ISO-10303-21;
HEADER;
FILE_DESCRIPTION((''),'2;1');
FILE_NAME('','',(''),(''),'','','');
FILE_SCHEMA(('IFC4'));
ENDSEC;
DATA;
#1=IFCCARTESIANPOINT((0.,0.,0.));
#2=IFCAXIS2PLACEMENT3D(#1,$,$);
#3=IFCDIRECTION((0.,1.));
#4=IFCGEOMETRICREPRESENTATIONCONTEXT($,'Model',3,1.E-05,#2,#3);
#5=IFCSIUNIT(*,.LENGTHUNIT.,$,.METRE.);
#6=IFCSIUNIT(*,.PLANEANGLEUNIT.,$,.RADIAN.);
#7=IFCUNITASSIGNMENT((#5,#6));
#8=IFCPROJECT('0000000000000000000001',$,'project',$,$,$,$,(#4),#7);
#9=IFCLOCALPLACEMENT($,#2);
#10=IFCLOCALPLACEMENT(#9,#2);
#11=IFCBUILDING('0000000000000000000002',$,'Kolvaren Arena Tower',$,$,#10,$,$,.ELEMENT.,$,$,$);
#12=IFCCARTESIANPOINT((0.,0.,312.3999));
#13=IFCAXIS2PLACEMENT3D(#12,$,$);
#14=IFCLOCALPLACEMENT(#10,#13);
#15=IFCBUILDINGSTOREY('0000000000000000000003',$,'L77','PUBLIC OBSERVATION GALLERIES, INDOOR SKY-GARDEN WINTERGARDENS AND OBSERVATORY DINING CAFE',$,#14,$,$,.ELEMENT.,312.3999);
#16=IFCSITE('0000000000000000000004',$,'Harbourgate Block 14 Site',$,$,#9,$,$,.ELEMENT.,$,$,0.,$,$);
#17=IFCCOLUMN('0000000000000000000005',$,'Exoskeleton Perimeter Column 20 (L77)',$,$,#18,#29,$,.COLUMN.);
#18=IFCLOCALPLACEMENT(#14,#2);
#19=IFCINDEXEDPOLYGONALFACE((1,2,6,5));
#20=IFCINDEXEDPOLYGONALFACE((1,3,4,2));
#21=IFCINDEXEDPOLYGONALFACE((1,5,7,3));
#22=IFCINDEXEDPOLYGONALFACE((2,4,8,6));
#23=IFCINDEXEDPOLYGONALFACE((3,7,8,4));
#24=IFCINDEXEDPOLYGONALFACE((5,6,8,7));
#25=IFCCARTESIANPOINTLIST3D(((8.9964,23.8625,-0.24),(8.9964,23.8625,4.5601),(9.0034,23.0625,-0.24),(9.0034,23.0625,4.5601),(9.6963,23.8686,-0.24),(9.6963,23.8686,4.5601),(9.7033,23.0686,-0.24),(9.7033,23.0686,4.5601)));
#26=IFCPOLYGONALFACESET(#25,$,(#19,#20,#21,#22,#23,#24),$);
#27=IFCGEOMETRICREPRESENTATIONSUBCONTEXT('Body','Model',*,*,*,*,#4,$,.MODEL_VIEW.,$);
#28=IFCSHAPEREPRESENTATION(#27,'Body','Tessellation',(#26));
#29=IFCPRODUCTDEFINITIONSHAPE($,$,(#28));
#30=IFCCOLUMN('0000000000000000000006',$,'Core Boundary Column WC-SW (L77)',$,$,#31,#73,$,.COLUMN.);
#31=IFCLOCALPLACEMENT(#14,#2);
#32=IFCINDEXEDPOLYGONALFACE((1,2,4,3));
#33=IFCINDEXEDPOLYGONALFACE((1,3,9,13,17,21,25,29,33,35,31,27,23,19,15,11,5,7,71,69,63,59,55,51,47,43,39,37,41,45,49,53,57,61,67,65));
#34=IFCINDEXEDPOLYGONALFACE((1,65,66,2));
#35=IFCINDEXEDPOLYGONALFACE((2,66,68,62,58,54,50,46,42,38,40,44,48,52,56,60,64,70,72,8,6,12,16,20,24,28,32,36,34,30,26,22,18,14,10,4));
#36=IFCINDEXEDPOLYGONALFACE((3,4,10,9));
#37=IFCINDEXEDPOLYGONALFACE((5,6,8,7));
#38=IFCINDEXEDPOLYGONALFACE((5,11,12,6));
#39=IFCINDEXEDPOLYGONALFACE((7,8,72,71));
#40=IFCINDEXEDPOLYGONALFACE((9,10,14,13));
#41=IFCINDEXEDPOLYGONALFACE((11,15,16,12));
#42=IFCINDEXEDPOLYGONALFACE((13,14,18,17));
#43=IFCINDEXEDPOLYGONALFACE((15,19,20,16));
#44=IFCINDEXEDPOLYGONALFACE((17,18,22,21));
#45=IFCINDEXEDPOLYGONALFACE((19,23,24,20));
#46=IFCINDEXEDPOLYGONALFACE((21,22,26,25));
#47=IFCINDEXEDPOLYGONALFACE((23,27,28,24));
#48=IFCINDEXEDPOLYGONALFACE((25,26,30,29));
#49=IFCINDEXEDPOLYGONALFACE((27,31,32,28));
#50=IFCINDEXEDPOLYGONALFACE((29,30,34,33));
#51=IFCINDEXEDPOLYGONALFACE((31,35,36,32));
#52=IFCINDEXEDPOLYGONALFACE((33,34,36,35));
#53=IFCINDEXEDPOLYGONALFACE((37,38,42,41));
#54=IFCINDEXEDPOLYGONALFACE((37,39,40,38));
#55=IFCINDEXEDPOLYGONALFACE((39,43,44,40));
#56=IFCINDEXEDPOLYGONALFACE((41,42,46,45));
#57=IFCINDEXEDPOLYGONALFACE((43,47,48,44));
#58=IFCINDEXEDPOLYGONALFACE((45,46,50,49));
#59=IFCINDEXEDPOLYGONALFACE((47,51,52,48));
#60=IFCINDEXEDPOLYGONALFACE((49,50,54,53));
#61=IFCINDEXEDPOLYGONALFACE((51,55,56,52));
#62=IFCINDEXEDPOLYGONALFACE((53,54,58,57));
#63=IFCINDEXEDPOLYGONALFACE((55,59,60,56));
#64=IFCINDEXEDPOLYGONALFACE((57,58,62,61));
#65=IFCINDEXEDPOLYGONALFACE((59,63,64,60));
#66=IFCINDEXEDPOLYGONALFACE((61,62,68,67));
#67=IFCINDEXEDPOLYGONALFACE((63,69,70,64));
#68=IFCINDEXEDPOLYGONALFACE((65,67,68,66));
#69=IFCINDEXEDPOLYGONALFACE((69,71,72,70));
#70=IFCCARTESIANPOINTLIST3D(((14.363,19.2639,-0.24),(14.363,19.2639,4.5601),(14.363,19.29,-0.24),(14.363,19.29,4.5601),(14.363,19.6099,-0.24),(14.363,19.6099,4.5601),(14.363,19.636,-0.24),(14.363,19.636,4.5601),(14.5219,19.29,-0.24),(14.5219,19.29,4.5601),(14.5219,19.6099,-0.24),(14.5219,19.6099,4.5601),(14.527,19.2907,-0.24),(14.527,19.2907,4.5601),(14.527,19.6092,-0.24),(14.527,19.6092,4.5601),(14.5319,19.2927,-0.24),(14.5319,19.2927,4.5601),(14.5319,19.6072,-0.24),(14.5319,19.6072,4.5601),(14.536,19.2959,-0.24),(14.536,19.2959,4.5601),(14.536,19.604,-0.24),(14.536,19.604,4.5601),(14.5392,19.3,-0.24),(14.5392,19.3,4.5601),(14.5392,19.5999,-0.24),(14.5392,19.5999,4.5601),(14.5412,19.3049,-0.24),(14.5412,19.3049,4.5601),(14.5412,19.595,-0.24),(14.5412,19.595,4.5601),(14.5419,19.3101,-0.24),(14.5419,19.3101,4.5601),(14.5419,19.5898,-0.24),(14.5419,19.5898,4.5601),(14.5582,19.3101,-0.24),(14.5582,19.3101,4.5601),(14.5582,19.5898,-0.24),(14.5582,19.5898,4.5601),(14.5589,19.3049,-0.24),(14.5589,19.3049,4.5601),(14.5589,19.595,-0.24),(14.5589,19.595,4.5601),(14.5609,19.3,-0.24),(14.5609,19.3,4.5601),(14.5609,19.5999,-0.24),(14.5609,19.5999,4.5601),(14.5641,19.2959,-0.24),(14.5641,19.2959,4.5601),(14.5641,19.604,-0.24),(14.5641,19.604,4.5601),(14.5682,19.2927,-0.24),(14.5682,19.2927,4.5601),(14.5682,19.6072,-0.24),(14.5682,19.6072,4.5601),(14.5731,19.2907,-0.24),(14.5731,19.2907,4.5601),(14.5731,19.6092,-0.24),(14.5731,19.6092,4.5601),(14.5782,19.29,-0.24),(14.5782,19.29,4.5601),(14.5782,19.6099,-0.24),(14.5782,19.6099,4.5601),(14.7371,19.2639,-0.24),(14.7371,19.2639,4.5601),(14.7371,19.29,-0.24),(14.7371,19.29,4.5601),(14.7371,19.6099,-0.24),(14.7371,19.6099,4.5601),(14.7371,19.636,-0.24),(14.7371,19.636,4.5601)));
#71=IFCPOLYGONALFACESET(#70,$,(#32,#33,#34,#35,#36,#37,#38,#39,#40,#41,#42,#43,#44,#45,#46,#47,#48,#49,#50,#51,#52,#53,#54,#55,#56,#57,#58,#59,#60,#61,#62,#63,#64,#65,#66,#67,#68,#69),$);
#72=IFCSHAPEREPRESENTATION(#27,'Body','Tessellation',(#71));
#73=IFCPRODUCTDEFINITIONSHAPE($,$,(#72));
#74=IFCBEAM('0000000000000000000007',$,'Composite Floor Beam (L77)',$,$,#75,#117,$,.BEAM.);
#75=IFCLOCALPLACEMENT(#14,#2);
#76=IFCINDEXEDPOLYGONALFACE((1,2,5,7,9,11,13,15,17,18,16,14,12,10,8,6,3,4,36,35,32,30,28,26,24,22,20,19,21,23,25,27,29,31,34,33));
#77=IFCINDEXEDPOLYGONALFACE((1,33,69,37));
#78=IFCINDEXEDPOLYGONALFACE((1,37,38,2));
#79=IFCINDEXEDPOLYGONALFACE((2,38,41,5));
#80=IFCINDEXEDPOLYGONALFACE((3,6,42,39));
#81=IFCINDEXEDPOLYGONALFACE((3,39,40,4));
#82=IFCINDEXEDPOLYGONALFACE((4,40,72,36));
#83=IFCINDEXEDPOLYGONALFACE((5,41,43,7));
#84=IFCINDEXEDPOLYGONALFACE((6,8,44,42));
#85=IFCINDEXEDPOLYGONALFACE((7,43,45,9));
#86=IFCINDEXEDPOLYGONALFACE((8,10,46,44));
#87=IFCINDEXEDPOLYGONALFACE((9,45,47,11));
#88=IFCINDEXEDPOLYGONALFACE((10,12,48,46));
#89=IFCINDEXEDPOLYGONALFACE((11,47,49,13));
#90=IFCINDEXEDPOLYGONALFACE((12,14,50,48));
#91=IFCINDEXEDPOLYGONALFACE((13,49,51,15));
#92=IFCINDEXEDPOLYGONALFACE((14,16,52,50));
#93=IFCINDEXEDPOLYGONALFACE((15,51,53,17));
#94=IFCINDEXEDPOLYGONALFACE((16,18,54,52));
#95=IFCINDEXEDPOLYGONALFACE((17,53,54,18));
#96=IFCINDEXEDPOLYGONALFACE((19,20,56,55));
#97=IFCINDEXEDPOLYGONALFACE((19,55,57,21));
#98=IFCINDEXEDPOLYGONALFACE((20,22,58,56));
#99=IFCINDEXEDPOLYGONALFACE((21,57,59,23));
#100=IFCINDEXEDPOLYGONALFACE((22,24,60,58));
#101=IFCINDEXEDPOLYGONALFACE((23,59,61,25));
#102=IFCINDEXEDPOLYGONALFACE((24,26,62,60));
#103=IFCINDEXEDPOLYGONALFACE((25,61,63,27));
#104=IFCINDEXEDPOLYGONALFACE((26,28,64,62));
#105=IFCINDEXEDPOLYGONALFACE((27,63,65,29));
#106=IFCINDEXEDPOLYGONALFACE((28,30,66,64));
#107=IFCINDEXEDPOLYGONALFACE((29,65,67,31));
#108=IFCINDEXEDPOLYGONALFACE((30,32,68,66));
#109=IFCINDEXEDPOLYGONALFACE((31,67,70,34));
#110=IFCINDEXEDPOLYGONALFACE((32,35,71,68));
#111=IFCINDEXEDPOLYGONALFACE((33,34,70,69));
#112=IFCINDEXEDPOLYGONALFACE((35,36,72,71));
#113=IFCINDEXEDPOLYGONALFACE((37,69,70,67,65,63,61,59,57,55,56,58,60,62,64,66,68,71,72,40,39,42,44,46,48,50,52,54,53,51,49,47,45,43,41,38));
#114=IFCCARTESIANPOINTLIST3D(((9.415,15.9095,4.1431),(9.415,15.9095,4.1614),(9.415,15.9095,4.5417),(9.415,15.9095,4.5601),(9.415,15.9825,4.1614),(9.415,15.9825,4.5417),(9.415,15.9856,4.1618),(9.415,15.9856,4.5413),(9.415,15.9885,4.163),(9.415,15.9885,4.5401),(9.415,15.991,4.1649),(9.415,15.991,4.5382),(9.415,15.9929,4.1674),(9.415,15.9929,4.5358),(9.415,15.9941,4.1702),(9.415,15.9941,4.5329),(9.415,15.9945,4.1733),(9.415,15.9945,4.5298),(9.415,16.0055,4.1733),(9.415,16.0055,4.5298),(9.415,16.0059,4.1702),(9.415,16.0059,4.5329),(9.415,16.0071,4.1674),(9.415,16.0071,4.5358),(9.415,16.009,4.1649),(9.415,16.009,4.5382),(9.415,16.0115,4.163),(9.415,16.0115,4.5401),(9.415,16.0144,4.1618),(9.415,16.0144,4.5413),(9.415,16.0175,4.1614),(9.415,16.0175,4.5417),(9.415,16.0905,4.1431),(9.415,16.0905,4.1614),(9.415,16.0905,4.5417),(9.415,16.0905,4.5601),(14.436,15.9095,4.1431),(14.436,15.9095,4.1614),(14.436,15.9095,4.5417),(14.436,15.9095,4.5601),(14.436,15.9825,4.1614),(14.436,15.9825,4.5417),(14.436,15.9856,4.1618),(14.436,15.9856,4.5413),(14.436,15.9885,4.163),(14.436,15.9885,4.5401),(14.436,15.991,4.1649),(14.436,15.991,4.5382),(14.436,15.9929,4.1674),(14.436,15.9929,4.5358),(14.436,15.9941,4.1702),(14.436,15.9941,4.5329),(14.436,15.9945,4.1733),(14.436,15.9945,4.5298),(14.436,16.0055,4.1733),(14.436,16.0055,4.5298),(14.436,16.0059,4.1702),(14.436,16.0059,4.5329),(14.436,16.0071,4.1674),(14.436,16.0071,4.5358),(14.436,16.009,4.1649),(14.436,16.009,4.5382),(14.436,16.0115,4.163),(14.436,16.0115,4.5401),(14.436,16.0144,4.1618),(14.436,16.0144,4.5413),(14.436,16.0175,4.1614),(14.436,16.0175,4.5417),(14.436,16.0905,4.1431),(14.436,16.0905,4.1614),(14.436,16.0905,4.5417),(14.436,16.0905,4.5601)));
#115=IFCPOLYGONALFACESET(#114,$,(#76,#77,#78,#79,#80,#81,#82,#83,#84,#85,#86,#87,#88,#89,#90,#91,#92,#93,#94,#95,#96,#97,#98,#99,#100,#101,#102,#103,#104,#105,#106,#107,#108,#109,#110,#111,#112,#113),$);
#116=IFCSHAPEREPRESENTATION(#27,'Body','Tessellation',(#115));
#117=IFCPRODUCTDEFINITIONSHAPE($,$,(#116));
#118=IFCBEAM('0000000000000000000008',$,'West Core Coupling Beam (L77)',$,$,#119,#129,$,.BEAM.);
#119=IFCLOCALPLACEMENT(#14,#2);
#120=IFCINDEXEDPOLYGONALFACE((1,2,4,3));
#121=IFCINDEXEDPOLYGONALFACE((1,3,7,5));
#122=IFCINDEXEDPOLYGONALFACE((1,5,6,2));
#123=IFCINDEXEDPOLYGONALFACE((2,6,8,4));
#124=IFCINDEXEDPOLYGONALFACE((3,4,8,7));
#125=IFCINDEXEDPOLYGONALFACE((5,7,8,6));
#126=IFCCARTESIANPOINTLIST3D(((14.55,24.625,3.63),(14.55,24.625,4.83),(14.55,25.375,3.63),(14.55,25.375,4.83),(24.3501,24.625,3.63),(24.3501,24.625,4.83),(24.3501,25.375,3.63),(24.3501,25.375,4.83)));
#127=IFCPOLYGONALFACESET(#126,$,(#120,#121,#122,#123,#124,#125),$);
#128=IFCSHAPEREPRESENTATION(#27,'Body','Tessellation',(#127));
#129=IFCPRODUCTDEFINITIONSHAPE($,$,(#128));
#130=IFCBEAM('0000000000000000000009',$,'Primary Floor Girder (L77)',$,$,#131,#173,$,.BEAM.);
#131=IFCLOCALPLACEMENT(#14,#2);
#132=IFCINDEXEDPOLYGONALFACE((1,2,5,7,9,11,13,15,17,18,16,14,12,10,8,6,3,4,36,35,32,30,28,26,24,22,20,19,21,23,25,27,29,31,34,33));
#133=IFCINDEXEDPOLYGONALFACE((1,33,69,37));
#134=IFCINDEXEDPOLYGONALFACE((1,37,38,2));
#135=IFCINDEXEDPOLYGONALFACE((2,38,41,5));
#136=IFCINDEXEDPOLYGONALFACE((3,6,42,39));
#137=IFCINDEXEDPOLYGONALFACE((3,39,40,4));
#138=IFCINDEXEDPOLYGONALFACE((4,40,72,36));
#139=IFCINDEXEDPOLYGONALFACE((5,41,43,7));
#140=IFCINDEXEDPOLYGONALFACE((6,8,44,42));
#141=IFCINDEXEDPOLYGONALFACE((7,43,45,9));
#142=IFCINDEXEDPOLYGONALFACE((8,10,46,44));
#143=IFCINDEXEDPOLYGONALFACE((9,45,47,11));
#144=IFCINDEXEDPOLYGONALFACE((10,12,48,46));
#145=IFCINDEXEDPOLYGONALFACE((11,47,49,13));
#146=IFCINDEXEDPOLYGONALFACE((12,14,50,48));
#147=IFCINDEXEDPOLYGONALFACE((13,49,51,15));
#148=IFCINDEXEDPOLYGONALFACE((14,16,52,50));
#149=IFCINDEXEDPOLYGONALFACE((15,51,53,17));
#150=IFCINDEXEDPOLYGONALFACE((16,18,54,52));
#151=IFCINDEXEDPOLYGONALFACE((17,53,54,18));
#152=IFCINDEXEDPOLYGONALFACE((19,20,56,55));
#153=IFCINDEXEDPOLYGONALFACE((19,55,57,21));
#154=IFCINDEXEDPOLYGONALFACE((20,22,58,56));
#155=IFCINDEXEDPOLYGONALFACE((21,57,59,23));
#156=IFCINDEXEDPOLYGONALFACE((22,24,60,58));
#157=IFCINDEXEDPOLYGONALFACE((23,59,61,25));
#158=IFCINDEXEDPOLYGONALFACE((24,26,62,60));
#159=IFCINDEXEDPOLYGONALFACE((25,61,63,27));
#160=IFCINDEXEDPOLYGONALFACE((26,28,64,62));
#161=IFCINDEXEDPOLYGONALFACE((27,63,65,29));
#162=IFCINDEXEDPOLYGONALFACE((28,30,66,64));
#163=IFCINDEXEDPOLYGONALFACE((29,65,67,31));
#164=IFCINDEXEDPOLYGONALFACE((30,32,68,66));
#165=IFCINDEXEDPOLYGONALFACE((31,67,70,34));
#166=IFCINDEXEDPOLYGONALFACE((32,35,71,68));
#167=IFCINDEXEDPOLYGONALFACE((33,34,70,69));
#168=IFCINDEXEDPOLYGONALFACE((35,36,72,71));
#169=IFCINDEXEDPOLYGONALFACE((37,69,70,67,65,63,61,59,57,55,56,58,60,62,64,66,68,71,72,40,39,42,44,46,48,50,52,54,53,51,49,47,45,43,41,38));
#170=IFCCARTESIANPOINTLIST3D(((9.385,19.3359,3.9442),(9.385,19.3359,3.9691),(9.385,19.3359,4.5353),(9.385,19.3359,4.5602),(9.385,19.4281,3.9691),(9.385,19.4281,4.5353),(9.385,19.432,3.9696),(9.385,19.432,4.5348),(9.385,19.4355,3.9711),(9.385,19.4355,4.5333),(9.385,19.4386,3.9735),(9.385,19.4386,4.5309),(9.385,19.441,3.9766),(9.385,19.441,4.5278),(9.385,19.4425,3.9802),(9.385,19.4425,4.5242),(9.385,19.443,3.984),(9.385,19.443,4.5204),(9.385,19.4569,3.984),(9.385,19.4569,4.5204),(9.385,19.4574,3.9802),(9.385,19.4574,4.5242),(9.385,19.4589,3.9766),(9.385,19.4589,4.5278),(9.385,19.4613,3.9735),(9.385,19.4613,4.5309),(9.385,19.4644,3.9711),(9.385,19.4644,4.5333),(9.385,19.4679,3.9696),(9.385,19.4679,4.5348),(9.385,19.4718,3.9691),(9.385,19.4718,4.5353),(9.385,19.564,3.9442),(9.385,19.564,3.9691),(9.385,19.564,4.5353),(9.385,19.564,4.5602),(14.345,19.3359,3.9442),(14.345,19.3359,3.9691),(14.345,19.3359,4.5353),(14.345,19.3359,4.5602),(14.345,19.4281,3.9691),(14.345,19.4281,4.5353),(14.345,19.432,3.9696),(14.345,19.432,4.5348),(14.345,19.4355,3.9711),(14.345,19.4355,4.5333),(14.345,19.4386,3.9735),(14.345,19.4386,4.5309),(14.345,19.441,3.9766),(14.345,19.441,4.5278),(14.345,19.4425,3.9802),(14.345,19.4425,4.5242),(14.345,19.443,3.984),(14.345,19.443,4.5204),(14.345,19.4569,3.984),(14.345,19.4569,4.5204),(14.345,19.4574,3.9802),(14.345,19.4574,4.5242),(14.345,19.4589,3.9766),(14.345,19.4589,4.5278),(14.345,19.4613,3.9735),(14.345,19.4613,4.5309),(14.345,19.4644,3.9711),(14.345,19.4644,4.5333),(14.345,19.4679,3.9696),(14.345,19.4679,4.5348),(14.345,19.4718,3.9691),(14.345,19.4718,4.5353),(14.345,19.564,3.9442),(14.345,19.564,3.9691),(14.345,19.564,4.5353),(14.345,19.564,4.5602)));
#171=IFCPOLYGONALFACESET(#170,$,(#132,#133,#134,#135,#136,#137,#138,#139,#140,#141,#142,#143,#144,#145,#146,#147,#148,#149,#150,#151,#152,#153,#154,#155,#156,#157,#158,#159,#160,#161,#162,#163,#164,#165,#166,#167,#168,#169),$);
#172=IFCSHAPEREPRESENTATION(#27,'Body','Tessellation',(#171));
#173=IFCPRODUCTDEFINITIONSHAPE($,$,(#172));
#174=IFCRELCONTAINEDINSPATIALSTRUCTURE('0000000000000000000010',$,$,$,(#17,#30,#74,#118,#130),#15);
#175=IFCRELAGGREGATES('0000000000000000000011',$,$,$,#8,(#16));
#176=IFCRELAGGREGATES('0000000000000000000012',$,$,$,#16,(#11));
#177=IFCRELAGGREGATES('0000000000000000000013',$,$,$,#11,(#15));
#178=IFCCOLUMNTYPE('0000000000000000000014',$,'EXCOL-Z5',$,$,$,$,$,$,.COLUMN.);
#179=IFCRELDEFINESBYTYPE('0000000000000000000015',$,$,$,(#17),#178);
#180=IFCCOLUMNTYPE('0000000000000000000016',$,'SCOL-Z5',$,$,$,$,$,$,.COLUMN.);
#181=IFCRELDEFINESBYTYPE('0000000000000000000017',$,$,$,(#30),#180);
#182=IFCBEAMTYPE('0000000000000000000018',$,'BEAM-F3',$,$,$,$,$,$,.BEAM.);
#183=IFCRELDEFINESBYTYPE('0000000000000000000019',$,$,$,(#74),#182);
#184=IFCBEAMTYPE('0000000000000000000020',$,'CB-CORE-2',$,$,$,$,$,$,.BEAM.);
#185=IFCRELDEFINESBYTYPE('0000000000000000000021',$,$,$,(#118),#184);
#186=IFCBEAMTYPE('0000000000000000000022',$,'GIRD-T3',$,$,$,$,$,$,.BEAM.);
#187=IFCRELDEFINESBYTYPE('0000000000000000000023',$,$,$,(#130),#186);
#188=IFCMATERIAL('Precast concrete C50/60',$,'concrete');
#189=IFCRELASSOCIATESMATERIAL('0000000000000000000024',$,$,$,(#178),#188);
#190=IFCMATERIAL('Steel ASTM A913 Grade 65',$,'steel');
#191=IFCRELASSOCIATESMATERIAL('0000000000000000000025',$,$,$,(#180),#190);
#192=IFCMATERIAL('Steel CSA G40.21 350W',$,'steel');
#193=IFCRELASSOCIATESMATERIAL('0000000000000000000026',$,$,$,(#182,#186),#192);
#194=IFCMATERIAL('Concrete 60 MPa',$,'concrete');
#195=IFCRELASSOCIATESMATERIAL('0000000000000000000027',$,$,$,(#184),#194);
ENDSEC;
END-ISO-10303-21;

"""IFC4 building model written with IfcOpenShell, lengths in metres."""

from ifc_helpers import new_model, si_unit, direction, frame, origin, origin_2d, place, context, subcontext, project, spatial, rectangle, i_section, extrude, material, material_profile, profile_set, type_object, element, save


model = new_model("IFC4")

# Units and contexts
model_context = context("Model", 3, precision=1e-05, world=origin(), true_north=direction((0.0, 1.0)))
body_context = subcontext(model_context, "Body", "Model", "MODEL_VIEW")
ifc_project = project(units=[si_unit("LENGTHUNIT", "METRE"), si_unit("PLANEANGLEUNIT", "RADIAN")], contexts=[model_context])

# Site, building, storey
site_placement = place(None, origin())
site = spatial("IfcSite", under=ifc_project, at=site_placement, Name="Harbourgate Block 14 Site", CompositionType="ELEMENT", RefElevation=0.0)
building_placement = place(site_placement, origin())
building = spatial("IfcBuilding", under=site, at=building_placement, Name="Kolvaren Arena Tower", CompositionType="ELEMENT")
storey_placement = place(building_placement, frame((0.0, 0.0, 312.3999)))
storey = spatial("IfcBuildingStorey", under=building, at=storey_placement, Name="L77", Description="PUBLIC OBSERVATION GALLERIES, INDOOR SKY-GARDEN WINTERGARDENS AND OBSERVATORY DINING CAFE", CompositionType="ELEMENT", Elevation=312.3999)

# Columns
ifc_material_1 = material(Name="Precast concrete C50/60", Category="concrete")
ifc_material_profile_1 = material_profile(ifc_material_1, rectangle(XDim=0.8, YDim=0.7, at=origin_2d()), Name="RC-800x700")
ifc_profile_set_1 = profile_set([ifc_material_profile_1], Name="Precast concrete C50/60")
column_type_1 = type_object("IfcColumnType", Name="EXCOL-Z5", PredefinedType="COLUMN", material=ifc_profile_set_1)
column_1_placement = place(storey_placement, frame((9.3499, 23.4656, -0.24), z_axis=(0.0, 0.0, 1.0), x_axis=(-0.008727, 0.999962, 0.0)))
element("IfcColumn", 1, at=column_1_placement, inside=storey, type_object=column_type_1, Name="Exoskeleton Perimeter Column 20 (L77)", PredefinedType="COLUMN", context=body_context, shape_type="SweptSolid", body=[
    extrude(rectangle(XDim=0.8, YDim=0.7, at=origin_2d()), origin(), (0.0, 0.0, 1.0), 4.8),
])
ifc_material_2 = material(Name="Steel ASTM A913 Grade 65", Category="steel")
ifc_material_profile_2 = material_profile(ifc_material_2, i_section(OverallWidth=0.374, OverallDepth=0.3721, WebThickness=0.0164, FlangeThickness=0.0261, FilletRadius=0.02, at=origin_2d()), Name="W360x196")
ifc_profile_set_2 = profile_set([ifc_material_profile_2], Name="Steel ASTM A913 Grade 65")
column_type_2 = type_object("IfcColumnType", Name="SCOL-Z5", PredefinedType="COLUMN", material=ifc_profile_set_2)
column_2_placement = place(storey_placement, frame((14.55, 19.45, -0.24), z_axis=(0.0, 0.0, 1.0), x_axis=(1.0, 0.0, 0.0)))
element("IfcColumn", 2, at=column_2_placement, inside=storey, type_object=column_type_2, Name="Core Boundary Column WC-SW (L77)", PredefinedType="COLUMN", context=body_context, shape_type="SweptSolid", body=[
    extrude(i_section(OverallWidth=0.374, OverallDepth=0.3721, WebThickness=0.0164, FlangeThickness=0.0261, FilletRadius=0.02, at=origin_2d()), origin(), (0.0, 0.0, 1.0), 4.8),
])

# Beams
ifc_material_3 = material(Name="Steel CSA G40.21 350W", Category="steel")
ifc_material_profile_3 = material_profile(ifc_material_3, i_section(OverallWidth=0.1809, OverallDepth=0.417, WebThickness=0.011, FlangeThickness=0.0183, FilletRadius=0.012, at=origin_2d()), Name="W410x85")
ifc_profile_set_3 = profile_set([ifc_material_profile_3], Name="Steel CSA G40.21 350W")
beam_type_1 = type_object("IfcBeamType", Name="BEAM-F3", PredefinedType="BEAM", material=ifc_profile_set_3)
beam_1_placement = place(storey_placement, frame((9.415, 16.0, 4.3516), z_axis=(1.0, 0.0, 0.0), x_axis=(0.0, 1.0, 0.0)))
element("IfcBeam", 3, at=beam_1_placement, inside=storey, type_object=beam_type_1, Name="Composite Floor Beam (L77)", PredefinedType="BEAM", context=body_context, shape_type="SweptSolid", body=[
    extrude(i_section(OverallWidth=0.1809, OverallDepth=0.417, WebThickness=0.011, FlangeThickness=0.0183, FilletRadius=0.012, at=origin_2d()), origin(), (0.0, 0.0, 1.0), 5.021),
])
ifc_material_4 = material(Name="Concrete 60 MPa", Category="concrete")
ifc_material_profile_4 = material_profile(ifc_material_4, rectangle(XDim=0.75, YDim=1.2, at=origin_2d()), Name="RC-750x1200")
ifc_profile_set_4 = profile_set([ifc_material_profile_4], Name="Concrete 60 MPa")
beam_type_2 = type_object("IfcBeamType", Name="CB-CORE-2", PredefinedType="BEAM", material=ifc_profile_set_4)
beam_2_placement = place(storey_placement, frame((14.55, 25.0, 4.23), z_axis=(1.0, 0.0, 0.0), x_axis=(0.0, 1.0, 0.0)))
element("IfcBeam", 4, at=beam_2_placement, inside=storey, type_object=beam_type_2, Name="West Core Coupling Beam (L77)", PredefinedType="BEAM", context=body_context, shape_type="SweptSolid", body=[
    extrude(rectangle(XDim=0.75, YDim=1.2, at=origin_2d()), origin(), (0.0, 0.0, 1.0), 9.8),
])
ifc_material_profile_5 = material_profile(ifc_material_3, i_section(OverallWidth=0.228, OverallDepth=0.616, WebThickness=0.0139, FlangeThickness=0.0249, FilletRadius=0.0149, at=origin_2d()), Name="W610x174")
ifc_profile_set_5 = profile_set([ifc_material_profile_5], Name="Steel CSA G40.21 350W")
beam_type_3 = type_object("IfcBeamType", Name="GIRD-T3", PredefinedType="BEAM", material=ifc_profile_set_5)
beam_3_placement = place(storey_placement, frame((9.385, 19.45, 4.2522), z_axis=(1.0, 0.0, 0.0), x_axis=(0.0, 1.0, 0.0)))
element("IfcBeam", 5, at=beam_3_placement, inside=storey, type_object=beam_type_3, Name="Primary Floor Girder (L77)", PredefinedType="BEAM", context=body_context, shape_type="SweptSolid", body=[
    extrude(i_section(OverallWidth=0.228, OverallDepth=0.616, WebThickness=0.0139, FlangeThickness=0.0249, FilletRadius=0.0149, at=origin_2d()), origin(), (0.0, 0.0, 1.0), 4.96),
])

save(model, "model.ifc")
